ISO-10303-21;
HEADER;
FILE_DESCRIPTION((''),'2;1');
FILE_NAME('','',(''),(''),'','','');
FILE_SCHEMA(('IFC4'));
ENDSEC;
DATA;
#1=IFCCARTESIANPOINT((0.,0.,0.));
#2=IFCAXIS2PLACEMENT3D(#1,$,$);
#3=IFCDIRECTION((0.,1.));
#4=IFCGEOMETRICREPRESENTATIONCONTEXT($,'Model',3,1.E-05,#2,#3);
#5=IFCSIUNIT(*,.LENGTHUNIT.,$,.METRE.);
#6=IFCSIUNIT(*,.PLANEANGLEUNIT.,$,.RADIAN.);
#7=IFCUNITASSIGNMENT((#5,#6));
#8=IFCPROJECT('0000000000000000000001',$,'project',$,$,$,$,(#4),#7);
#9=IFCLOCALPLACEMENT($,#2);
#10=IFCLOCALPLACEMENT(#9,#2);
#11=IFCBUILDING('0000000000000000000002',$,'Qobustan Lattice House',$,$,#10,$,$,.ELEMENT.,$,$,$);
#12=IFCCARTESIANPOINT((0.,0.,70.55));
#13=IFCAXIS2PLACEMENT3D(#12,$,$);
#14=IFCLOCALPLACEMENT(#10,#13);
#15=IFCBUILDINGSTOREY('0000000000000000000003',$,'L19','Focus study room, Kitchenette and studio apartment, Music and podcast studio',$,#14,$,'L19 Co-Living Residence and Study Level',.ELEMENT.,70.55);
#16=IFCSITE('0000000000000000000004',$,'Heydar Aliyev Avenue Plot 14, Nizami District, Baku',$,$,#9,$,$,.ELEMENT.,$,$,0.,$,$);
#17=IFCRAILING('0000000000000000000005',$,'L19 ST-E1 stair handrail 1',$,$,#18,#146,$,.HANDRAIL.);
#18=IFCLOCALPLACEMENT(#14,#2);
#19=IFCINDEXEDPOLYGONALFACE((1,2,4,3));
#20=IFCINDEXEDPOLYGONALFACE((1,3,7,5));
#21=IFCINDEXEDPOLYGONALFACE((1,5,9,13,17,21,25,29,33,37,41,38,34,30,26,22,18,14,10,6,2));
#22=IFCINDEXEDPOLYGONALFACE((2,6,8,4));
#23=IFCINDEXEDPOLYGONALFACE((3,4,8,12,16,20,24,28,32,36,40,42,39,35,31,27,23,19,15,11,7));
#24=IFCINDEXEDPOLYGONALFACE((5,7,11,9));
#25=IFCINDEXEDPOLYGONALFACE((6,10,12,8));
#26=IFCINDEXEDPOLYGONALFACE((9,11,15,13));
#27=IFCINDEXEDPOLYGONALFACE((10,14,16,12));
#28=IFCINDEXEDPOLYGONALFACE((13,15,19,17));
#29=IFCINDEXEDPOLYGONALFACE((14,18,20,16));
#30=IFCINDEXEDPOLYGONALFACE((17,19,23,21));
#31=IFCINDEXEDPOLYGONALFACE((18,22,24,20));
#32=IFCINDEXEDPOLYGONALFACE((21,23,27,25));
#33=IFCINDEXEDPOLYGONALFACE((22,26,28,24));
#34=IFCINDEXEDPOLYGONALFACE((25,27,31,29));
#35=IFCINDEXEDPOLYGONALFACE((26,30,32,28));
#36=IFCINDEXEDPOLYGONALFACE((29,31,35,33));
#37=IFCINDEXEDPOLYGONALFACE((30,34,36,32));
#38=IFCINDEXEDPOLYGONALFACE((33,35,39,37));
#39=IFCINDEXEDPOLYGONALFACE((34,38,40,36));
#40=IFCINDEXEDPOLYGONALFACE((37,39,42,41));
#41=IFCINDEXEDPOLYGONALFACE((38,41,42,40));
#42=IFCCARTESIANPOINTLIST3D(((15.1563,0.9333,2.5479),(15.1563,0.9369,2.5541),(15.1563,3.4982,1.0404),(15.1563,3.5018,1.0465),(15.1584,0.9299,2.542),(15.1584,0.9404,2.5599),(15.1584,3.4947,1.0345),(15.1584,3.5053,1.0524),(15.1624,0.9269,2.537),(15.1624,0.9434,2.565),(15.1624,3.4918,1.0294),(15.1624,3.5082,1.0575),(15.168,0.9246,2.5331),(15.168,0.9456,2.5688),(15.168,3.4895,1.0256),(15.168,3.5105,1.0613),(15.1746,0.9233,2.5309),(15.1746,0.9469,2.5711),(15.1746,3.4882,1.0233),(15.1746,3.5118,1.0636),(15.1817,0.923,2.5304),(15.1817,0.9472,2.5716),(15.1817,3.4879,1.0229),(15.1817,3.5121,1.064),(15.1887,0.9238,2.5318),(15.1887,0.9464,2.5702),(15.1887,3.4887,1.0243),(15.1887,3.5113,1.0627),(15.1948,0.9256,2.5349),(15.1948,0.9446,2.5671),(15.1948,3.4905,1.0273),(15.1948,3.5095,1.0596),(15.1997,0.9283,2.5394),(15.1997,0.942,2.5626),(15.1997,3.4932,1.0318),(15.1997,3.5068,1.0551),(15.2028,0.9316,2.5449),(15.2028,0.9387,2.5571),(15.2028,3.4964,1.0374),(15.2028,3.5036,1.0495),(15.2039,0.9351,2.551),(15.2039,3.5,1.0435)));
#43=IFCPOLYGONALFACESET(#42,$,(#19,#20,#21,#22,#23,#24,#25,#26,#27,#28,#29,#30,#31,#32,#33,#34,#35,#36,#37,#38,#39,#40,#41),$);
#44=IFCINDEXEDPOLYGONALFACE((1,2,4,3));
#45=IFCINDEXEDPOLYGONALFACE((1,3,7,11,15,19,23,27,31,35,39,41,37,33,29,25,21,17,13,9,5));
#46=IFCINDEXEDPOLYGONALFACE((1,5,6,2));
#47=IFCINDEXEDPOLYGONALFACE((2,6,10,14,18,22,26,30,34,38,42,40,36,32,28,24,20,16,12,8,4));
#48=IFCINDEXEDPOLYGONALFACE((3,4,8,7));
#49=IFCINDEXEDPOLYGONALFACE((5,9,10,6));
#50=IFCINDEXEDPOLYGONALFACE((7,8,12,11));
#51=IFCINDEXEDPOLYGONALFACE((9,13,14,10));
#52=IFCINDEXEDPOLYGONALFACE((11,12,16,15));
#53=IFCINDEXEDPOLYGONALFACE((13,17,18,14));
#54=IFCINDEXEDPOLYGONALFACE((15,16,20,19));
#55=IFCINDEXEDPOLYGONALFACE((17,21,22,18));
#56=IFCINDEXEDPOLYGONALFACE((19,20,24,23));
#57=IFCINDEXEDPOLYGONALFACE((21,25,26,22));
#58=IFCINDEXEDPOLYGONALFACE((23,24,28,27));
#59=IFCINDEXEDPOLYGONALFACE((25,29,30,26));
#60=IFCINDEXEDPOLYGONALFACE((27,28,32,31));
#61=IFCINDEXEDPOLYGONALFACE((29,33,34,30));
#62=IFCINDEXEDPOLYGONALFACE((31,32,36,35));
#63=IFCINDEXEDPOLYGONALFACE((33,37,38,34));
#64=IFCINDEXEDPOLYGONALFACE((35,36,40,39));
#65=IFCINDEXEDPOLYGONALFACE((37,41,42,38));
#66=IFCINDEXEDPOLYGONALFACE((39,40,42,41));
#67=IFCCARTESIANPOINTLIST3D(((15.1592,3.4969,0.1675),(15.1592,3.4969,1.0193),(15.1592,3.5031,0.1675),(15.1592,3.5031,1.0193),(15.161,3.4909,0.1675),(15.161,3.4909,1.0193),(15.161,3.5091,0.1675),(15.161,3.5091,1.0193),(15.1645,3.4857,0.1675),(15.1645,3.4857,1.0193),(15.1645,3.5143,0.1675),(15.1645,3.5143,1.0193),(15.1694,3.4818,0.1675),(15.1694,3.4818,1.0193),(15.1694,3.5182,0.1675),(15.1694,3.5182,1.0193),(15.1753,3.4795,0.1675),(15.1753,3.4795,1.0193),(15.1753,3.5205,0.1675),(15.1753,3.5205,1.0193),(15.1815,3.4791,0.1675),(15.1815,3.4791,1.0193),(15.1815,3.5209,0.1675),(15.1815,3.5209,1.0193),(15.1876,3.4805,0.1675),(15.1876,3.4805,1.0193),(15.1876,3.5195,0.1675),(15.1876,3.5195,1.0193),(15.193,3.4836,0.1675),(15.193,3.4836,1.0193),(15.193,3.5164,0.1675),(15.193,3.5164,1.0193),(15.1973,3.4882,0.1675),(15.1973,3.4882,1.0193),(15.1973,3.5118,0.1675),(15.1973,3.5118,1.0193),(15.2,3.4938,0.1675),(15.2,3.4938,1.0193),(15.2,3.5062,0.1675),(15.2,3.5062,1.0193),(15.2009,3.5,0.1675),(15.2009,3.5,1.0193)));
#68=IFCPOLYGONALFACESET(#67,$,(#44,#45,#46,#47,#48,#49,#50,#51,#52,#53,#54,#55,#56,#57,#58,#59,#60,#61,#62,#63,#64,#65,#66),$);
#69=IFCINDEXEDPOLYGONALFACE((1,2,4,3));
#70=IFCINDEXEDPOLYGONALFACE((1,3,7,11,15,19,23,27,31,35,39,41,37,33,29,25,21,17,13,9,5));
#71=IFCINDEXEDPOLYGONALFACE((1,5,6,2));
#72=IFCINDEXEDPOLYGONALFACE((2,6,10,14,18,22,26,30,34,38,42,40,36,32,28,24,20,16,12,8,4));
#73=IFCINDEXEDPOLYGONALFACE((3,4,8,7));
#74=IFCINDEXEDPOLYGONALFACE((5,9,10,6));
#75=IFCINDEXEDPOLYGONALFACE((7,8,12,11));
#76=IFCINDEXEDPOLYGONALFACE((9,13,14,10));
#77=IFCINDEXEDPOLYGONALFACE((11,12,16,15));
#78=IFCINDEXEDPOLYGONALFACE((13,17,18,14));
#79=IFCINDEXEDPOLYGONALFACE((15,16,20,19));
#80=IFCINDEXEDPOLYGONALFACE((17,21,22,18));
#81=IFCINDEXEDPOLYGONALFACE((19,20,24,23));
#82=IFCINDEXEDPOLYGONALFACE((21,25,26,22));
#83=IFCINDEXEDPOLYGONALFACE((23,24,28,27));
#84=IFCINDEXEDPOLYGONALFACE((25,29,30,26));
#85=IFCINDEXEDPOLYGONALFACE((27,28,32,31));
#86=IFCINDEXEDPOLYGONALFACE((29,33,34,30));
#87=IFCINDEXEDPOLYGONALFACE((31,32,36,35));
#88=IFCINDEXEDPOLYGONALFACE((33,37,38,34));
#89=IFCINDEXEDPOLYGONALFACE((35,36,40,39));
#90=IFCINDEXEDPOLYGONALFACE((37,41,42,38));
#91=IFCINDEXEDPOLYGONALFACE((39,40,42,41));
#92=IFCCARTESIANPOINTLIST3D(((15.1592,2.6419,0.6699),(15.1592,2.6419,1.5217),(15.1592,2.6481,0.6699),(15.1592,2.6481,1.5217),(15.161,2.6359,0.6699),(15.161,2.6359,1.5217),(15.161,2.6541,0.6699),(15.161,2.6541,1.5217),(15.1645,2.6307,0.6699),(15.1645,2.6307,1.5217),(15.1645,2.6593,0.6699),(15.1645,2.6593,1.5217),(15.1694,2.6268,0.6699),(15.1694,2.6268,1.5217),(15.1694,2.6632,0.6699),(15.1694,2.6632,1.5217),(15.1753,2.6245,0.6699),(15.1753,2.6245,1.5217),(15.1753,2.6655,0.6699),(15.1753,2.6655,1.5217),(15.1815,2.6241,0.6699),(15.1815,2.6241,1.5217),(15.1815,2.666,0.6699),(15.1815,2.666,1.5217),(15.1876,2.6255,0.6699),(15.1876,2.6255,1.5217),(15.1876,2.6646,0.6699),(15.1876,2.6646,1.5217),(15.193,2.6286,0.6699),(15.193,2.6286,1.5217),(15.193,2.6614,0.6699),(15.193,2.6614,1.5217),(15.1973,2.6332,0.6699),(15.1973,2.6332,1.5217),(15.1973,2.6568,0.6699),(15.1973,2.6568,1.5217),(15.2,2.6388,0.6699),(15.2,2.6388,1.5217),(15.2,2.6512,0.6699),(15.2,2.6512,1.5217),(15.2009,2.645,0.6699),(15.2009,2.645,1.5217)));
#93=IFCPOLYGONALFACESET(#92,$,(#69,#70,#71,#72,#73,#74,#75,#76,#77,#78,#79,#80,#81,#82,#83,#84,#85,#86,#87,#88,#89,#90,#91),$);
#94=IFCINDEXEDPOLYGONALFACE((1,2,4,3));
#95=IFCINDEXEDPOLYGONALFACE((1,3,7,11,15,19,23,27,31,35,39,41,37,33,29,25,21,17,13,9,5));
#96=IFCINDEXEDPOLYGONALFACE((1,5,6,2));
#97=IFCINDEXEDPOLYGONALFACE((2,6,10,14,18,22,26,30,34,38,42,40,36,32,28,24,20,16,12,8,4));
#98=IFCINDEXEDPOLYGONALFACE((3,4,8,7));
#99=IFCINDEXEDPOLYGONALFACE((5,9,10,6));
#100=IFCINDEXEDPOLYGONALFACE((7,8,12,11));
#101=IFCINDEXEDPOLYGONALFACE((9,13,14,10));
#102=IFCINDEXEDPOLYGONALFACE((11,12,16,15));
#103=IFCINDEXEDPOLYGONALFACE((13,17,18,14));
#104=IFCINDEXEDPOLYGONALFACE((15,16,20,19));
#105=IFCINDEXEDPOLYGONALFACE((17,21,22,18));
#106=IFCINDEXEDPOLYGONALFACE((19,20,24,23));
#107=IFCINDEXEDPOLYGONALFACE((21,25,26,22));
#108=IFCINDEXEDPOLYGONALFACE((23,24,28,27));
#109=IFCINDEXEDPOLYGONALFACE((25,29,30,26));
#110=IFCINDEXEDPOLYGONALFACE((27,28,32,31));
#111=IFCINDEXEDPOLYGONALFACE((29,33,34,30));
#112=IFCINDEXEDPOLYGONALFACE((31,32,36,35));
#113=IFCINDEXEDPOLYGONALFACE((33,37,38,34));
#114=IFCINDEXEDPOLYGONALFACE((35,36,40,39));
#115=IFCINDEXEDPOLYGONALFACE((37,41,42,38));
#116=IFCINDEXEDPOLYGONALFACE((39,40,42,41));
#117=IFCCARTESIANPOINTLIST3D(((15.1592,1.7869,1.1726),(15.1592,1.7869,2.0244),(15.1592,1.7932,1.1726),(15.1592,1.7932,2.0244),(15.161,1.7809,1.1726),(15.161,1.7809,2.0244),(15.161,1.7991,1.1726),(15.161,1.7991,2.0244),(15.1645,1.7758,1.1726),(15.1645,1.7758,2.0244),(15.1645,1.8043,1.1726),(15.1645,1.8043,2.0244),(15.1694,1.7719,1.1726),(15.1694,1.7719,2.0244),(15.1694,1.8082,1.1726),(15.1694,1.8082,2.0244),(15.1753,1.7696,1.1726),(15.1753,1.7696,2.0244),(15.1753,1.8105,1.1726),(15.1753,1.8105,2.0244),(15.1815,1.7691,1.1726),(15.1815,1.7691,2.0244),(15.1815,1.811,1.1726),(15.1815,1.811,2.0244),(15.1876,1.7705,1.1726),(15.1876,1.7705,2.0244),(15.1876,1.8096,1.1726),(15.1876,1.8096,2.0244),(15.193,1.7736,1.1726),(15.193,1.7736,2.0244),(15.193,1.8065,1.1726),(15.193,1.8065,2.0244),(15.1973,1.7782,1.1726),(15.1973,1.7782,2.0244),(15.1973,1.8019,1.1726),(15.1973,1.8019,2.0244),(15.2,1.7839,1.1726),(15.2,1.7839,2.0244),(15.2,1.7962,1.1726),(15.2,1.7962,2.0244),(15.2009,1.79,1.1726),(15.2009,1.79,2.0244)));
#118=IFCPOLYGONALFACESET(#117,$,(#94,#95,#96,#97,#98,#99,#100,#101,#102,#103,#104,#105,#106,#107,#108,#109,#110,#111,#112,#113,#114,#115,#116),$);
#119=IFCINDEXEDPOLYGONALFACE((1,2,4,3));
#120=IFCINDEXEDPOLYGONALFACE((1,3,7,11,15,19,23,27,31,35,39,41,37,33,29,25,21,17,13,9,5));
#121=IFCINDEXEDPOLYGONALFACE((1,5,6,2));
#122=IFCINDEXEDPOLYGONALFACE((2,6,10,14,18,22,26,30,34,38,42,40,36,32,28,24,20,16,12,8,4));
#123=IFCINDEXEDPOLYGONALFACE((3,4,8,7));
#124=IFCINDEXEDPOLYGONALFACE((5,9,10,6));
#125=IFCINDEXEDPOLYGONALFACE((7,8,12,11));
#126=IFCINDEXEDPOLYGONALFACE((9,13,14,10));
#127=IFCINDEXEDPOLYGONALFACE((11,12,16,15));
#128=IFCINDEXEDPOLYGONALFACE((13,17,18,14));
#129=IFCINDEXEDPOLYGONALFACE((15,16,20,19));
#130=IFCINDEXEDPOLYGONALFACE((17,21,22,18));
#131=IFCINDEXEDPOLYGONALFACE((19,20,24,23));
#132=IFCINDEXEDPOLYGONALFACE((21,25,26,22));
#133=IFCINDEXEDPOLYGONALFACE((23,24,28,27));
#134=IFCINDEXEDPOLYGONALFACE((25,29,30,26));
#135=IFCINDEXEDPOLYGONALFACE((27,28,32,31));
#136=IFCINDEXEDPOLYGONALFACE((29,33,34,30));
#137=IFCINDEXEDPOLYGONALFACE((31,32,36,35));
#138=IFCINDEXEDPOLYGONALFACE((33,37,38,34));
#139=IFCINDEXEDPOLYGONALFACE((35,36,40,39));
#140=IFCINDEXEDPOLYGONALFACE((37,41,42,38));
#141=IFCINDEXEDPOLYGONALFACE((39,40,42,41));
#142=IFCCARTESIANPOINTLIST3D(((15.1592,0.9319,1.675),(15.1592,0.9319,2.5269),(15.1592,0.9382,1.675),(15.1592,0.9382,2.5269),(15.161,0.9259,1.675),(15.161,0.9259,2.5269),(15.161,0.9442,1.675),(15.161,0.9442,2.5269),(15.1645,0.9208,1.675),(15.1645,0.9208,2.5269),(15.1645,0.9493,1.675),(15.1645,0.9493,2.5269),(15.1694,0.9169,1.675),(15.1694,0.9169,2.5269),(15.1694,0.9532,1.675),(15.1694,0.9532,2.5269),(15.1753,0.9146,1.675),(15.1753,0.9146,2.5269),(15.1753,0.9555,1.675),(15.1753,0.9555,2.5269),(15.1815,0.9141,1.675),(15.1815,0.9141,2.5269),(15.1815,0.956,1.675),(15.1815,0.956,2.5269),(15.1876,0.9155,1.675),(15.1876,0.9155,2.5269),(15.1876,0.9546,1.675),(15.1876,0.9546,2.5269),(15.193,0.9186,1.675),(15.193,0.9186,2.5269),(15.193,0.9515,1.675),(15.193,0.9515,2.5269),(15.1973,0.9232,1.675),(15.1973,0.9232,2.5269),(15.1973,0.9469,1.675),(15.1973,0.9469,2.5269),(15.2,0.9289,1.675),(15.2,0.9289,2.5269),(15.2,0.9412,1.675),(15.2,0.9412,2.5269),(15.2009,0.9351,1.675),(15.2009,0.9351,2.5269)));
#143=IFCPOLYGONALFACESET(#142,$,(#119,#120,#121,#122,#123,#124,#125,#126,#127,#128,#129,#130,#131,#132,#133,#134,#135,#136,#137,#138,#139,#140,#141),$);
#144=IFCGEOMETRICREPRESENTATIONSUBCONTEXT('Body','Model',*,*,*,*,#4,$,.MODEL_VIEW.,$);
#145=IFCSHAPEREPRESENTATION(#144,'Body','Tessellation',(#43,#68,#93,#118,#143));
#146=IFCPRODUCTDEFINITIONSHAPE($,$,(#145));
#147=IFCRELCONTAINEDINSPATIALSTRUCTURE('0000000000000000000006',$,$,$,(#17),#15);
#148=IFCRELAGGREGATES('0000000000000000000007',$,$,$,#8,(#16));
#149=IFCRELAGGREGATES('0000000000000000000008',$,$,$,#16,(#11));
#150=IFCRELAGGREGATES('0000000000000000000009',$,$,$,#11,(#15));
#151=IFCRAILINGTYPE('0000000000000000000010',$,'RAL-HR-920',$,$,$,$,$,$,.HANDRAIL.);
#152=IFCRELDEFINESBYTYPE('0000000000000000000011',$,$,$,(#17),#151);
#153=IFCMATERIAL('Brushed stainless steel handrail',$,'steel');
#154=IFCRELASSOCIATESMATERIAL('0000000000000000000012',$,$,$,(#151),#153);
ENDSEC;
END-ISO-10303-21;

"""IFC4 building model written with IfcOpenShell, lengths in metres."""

from ifc_helpers import new_model, si_unit, direction, frame, origin, origin_2d, place, context, subcontext, project, spatial, circle, extrude, material, type_object, element, save


model = new_model("IFC4")

# Units and contexts
model_context = context("Model", 3, precision=1e-05, world=origin(), true_north=direction((0.0, 1.0)))
body_context = subcontext(model_context, "Body", "Model", "MODEL_VIEW")
ifc_project = project(units=[si_unit("LENGTHUNIT", "METRE"), si_unit("PLANEANGLEUNIT", "RADIAN")], contexts=[model_context])

# Site, building, storey
site_placement = place(None, origin())
site = spatial("IfcSite", under=ifc_project, at=site_placement, Name="Heydar Aliyev Avenue Plot 14, Nizami District, Baku", CompositionType="ELEMENT", RefElevation=0.0)
building_placement = place(site_placement, origin())
building = spatial("IfcBuilding", under=site, at=building_placement, Name="Qobustan Lattice House", CompositionType="ELEMENT")
storey_placement = place(building_placement, frame((0.0, 0.0, 70.55)))
storey = spatial("IfcBuildingStorey", under=building, at=storey_placement, Name="L19", Description="Focus study room, Kitchenette and studio apartment, Music and podcast studio", LongName="L19 Co-Living Residence and Study Level", CompositionType="ELEMENT", Elevation=70.55)

# Railing
ifc_material_1 = material(Name="Brushed stainless steel handrail", Category="steel")
railing_type_1 = type_object("IfcRailingType", Name="RAL-HR-920", PredefinedType="HANDRAIL", material=ifc_material_1)
railing_1_placement = place(storey_placement, frame((15.1799, 3.5, 0.1675)))
element("IfcRailing", 1, at=railing_1_placement, inside=storey, type_object=railing_type_1, Name="L19 ST-E1 stair handrail 1", PredefinedType="HANDRAIL", context=body_context, shape_type="SweptSolid", body=[
    extrude(circle(Radius=0.0239, at=origin_2d()), frame((0.0, 0.0, 0.876), z_axis=(0.0, -0.862113, 0.506715), x_axis=(1.0, 0.0, 0.0)), (0.0, 0.0, 1.0), 2.9751),
    extrude(circle(Radius=0.021, at=origin_2d()), origin(), (0.0, 0.0, 1.0), 0.8518),
    extrude(circle(Radius=0.021, at=origin_2d()), frame((0.0, -0.855, 0.5024)), (0.0, 0.0, 1.0), 0.8518),
    extrude(circle(Radius=0.021, at=origin_2d()), frame((0.0, -1.71, 1.0051)), (0.0, 0.0, 1.0), 0.8518),
    extrude(circle(Radius=0.021, at=origin_2d()), frame((0.0, -2.5649, 1.5076)), (0.0, 0.0, 1.0), 0.8518),
])

save(model, "model.ifc")
